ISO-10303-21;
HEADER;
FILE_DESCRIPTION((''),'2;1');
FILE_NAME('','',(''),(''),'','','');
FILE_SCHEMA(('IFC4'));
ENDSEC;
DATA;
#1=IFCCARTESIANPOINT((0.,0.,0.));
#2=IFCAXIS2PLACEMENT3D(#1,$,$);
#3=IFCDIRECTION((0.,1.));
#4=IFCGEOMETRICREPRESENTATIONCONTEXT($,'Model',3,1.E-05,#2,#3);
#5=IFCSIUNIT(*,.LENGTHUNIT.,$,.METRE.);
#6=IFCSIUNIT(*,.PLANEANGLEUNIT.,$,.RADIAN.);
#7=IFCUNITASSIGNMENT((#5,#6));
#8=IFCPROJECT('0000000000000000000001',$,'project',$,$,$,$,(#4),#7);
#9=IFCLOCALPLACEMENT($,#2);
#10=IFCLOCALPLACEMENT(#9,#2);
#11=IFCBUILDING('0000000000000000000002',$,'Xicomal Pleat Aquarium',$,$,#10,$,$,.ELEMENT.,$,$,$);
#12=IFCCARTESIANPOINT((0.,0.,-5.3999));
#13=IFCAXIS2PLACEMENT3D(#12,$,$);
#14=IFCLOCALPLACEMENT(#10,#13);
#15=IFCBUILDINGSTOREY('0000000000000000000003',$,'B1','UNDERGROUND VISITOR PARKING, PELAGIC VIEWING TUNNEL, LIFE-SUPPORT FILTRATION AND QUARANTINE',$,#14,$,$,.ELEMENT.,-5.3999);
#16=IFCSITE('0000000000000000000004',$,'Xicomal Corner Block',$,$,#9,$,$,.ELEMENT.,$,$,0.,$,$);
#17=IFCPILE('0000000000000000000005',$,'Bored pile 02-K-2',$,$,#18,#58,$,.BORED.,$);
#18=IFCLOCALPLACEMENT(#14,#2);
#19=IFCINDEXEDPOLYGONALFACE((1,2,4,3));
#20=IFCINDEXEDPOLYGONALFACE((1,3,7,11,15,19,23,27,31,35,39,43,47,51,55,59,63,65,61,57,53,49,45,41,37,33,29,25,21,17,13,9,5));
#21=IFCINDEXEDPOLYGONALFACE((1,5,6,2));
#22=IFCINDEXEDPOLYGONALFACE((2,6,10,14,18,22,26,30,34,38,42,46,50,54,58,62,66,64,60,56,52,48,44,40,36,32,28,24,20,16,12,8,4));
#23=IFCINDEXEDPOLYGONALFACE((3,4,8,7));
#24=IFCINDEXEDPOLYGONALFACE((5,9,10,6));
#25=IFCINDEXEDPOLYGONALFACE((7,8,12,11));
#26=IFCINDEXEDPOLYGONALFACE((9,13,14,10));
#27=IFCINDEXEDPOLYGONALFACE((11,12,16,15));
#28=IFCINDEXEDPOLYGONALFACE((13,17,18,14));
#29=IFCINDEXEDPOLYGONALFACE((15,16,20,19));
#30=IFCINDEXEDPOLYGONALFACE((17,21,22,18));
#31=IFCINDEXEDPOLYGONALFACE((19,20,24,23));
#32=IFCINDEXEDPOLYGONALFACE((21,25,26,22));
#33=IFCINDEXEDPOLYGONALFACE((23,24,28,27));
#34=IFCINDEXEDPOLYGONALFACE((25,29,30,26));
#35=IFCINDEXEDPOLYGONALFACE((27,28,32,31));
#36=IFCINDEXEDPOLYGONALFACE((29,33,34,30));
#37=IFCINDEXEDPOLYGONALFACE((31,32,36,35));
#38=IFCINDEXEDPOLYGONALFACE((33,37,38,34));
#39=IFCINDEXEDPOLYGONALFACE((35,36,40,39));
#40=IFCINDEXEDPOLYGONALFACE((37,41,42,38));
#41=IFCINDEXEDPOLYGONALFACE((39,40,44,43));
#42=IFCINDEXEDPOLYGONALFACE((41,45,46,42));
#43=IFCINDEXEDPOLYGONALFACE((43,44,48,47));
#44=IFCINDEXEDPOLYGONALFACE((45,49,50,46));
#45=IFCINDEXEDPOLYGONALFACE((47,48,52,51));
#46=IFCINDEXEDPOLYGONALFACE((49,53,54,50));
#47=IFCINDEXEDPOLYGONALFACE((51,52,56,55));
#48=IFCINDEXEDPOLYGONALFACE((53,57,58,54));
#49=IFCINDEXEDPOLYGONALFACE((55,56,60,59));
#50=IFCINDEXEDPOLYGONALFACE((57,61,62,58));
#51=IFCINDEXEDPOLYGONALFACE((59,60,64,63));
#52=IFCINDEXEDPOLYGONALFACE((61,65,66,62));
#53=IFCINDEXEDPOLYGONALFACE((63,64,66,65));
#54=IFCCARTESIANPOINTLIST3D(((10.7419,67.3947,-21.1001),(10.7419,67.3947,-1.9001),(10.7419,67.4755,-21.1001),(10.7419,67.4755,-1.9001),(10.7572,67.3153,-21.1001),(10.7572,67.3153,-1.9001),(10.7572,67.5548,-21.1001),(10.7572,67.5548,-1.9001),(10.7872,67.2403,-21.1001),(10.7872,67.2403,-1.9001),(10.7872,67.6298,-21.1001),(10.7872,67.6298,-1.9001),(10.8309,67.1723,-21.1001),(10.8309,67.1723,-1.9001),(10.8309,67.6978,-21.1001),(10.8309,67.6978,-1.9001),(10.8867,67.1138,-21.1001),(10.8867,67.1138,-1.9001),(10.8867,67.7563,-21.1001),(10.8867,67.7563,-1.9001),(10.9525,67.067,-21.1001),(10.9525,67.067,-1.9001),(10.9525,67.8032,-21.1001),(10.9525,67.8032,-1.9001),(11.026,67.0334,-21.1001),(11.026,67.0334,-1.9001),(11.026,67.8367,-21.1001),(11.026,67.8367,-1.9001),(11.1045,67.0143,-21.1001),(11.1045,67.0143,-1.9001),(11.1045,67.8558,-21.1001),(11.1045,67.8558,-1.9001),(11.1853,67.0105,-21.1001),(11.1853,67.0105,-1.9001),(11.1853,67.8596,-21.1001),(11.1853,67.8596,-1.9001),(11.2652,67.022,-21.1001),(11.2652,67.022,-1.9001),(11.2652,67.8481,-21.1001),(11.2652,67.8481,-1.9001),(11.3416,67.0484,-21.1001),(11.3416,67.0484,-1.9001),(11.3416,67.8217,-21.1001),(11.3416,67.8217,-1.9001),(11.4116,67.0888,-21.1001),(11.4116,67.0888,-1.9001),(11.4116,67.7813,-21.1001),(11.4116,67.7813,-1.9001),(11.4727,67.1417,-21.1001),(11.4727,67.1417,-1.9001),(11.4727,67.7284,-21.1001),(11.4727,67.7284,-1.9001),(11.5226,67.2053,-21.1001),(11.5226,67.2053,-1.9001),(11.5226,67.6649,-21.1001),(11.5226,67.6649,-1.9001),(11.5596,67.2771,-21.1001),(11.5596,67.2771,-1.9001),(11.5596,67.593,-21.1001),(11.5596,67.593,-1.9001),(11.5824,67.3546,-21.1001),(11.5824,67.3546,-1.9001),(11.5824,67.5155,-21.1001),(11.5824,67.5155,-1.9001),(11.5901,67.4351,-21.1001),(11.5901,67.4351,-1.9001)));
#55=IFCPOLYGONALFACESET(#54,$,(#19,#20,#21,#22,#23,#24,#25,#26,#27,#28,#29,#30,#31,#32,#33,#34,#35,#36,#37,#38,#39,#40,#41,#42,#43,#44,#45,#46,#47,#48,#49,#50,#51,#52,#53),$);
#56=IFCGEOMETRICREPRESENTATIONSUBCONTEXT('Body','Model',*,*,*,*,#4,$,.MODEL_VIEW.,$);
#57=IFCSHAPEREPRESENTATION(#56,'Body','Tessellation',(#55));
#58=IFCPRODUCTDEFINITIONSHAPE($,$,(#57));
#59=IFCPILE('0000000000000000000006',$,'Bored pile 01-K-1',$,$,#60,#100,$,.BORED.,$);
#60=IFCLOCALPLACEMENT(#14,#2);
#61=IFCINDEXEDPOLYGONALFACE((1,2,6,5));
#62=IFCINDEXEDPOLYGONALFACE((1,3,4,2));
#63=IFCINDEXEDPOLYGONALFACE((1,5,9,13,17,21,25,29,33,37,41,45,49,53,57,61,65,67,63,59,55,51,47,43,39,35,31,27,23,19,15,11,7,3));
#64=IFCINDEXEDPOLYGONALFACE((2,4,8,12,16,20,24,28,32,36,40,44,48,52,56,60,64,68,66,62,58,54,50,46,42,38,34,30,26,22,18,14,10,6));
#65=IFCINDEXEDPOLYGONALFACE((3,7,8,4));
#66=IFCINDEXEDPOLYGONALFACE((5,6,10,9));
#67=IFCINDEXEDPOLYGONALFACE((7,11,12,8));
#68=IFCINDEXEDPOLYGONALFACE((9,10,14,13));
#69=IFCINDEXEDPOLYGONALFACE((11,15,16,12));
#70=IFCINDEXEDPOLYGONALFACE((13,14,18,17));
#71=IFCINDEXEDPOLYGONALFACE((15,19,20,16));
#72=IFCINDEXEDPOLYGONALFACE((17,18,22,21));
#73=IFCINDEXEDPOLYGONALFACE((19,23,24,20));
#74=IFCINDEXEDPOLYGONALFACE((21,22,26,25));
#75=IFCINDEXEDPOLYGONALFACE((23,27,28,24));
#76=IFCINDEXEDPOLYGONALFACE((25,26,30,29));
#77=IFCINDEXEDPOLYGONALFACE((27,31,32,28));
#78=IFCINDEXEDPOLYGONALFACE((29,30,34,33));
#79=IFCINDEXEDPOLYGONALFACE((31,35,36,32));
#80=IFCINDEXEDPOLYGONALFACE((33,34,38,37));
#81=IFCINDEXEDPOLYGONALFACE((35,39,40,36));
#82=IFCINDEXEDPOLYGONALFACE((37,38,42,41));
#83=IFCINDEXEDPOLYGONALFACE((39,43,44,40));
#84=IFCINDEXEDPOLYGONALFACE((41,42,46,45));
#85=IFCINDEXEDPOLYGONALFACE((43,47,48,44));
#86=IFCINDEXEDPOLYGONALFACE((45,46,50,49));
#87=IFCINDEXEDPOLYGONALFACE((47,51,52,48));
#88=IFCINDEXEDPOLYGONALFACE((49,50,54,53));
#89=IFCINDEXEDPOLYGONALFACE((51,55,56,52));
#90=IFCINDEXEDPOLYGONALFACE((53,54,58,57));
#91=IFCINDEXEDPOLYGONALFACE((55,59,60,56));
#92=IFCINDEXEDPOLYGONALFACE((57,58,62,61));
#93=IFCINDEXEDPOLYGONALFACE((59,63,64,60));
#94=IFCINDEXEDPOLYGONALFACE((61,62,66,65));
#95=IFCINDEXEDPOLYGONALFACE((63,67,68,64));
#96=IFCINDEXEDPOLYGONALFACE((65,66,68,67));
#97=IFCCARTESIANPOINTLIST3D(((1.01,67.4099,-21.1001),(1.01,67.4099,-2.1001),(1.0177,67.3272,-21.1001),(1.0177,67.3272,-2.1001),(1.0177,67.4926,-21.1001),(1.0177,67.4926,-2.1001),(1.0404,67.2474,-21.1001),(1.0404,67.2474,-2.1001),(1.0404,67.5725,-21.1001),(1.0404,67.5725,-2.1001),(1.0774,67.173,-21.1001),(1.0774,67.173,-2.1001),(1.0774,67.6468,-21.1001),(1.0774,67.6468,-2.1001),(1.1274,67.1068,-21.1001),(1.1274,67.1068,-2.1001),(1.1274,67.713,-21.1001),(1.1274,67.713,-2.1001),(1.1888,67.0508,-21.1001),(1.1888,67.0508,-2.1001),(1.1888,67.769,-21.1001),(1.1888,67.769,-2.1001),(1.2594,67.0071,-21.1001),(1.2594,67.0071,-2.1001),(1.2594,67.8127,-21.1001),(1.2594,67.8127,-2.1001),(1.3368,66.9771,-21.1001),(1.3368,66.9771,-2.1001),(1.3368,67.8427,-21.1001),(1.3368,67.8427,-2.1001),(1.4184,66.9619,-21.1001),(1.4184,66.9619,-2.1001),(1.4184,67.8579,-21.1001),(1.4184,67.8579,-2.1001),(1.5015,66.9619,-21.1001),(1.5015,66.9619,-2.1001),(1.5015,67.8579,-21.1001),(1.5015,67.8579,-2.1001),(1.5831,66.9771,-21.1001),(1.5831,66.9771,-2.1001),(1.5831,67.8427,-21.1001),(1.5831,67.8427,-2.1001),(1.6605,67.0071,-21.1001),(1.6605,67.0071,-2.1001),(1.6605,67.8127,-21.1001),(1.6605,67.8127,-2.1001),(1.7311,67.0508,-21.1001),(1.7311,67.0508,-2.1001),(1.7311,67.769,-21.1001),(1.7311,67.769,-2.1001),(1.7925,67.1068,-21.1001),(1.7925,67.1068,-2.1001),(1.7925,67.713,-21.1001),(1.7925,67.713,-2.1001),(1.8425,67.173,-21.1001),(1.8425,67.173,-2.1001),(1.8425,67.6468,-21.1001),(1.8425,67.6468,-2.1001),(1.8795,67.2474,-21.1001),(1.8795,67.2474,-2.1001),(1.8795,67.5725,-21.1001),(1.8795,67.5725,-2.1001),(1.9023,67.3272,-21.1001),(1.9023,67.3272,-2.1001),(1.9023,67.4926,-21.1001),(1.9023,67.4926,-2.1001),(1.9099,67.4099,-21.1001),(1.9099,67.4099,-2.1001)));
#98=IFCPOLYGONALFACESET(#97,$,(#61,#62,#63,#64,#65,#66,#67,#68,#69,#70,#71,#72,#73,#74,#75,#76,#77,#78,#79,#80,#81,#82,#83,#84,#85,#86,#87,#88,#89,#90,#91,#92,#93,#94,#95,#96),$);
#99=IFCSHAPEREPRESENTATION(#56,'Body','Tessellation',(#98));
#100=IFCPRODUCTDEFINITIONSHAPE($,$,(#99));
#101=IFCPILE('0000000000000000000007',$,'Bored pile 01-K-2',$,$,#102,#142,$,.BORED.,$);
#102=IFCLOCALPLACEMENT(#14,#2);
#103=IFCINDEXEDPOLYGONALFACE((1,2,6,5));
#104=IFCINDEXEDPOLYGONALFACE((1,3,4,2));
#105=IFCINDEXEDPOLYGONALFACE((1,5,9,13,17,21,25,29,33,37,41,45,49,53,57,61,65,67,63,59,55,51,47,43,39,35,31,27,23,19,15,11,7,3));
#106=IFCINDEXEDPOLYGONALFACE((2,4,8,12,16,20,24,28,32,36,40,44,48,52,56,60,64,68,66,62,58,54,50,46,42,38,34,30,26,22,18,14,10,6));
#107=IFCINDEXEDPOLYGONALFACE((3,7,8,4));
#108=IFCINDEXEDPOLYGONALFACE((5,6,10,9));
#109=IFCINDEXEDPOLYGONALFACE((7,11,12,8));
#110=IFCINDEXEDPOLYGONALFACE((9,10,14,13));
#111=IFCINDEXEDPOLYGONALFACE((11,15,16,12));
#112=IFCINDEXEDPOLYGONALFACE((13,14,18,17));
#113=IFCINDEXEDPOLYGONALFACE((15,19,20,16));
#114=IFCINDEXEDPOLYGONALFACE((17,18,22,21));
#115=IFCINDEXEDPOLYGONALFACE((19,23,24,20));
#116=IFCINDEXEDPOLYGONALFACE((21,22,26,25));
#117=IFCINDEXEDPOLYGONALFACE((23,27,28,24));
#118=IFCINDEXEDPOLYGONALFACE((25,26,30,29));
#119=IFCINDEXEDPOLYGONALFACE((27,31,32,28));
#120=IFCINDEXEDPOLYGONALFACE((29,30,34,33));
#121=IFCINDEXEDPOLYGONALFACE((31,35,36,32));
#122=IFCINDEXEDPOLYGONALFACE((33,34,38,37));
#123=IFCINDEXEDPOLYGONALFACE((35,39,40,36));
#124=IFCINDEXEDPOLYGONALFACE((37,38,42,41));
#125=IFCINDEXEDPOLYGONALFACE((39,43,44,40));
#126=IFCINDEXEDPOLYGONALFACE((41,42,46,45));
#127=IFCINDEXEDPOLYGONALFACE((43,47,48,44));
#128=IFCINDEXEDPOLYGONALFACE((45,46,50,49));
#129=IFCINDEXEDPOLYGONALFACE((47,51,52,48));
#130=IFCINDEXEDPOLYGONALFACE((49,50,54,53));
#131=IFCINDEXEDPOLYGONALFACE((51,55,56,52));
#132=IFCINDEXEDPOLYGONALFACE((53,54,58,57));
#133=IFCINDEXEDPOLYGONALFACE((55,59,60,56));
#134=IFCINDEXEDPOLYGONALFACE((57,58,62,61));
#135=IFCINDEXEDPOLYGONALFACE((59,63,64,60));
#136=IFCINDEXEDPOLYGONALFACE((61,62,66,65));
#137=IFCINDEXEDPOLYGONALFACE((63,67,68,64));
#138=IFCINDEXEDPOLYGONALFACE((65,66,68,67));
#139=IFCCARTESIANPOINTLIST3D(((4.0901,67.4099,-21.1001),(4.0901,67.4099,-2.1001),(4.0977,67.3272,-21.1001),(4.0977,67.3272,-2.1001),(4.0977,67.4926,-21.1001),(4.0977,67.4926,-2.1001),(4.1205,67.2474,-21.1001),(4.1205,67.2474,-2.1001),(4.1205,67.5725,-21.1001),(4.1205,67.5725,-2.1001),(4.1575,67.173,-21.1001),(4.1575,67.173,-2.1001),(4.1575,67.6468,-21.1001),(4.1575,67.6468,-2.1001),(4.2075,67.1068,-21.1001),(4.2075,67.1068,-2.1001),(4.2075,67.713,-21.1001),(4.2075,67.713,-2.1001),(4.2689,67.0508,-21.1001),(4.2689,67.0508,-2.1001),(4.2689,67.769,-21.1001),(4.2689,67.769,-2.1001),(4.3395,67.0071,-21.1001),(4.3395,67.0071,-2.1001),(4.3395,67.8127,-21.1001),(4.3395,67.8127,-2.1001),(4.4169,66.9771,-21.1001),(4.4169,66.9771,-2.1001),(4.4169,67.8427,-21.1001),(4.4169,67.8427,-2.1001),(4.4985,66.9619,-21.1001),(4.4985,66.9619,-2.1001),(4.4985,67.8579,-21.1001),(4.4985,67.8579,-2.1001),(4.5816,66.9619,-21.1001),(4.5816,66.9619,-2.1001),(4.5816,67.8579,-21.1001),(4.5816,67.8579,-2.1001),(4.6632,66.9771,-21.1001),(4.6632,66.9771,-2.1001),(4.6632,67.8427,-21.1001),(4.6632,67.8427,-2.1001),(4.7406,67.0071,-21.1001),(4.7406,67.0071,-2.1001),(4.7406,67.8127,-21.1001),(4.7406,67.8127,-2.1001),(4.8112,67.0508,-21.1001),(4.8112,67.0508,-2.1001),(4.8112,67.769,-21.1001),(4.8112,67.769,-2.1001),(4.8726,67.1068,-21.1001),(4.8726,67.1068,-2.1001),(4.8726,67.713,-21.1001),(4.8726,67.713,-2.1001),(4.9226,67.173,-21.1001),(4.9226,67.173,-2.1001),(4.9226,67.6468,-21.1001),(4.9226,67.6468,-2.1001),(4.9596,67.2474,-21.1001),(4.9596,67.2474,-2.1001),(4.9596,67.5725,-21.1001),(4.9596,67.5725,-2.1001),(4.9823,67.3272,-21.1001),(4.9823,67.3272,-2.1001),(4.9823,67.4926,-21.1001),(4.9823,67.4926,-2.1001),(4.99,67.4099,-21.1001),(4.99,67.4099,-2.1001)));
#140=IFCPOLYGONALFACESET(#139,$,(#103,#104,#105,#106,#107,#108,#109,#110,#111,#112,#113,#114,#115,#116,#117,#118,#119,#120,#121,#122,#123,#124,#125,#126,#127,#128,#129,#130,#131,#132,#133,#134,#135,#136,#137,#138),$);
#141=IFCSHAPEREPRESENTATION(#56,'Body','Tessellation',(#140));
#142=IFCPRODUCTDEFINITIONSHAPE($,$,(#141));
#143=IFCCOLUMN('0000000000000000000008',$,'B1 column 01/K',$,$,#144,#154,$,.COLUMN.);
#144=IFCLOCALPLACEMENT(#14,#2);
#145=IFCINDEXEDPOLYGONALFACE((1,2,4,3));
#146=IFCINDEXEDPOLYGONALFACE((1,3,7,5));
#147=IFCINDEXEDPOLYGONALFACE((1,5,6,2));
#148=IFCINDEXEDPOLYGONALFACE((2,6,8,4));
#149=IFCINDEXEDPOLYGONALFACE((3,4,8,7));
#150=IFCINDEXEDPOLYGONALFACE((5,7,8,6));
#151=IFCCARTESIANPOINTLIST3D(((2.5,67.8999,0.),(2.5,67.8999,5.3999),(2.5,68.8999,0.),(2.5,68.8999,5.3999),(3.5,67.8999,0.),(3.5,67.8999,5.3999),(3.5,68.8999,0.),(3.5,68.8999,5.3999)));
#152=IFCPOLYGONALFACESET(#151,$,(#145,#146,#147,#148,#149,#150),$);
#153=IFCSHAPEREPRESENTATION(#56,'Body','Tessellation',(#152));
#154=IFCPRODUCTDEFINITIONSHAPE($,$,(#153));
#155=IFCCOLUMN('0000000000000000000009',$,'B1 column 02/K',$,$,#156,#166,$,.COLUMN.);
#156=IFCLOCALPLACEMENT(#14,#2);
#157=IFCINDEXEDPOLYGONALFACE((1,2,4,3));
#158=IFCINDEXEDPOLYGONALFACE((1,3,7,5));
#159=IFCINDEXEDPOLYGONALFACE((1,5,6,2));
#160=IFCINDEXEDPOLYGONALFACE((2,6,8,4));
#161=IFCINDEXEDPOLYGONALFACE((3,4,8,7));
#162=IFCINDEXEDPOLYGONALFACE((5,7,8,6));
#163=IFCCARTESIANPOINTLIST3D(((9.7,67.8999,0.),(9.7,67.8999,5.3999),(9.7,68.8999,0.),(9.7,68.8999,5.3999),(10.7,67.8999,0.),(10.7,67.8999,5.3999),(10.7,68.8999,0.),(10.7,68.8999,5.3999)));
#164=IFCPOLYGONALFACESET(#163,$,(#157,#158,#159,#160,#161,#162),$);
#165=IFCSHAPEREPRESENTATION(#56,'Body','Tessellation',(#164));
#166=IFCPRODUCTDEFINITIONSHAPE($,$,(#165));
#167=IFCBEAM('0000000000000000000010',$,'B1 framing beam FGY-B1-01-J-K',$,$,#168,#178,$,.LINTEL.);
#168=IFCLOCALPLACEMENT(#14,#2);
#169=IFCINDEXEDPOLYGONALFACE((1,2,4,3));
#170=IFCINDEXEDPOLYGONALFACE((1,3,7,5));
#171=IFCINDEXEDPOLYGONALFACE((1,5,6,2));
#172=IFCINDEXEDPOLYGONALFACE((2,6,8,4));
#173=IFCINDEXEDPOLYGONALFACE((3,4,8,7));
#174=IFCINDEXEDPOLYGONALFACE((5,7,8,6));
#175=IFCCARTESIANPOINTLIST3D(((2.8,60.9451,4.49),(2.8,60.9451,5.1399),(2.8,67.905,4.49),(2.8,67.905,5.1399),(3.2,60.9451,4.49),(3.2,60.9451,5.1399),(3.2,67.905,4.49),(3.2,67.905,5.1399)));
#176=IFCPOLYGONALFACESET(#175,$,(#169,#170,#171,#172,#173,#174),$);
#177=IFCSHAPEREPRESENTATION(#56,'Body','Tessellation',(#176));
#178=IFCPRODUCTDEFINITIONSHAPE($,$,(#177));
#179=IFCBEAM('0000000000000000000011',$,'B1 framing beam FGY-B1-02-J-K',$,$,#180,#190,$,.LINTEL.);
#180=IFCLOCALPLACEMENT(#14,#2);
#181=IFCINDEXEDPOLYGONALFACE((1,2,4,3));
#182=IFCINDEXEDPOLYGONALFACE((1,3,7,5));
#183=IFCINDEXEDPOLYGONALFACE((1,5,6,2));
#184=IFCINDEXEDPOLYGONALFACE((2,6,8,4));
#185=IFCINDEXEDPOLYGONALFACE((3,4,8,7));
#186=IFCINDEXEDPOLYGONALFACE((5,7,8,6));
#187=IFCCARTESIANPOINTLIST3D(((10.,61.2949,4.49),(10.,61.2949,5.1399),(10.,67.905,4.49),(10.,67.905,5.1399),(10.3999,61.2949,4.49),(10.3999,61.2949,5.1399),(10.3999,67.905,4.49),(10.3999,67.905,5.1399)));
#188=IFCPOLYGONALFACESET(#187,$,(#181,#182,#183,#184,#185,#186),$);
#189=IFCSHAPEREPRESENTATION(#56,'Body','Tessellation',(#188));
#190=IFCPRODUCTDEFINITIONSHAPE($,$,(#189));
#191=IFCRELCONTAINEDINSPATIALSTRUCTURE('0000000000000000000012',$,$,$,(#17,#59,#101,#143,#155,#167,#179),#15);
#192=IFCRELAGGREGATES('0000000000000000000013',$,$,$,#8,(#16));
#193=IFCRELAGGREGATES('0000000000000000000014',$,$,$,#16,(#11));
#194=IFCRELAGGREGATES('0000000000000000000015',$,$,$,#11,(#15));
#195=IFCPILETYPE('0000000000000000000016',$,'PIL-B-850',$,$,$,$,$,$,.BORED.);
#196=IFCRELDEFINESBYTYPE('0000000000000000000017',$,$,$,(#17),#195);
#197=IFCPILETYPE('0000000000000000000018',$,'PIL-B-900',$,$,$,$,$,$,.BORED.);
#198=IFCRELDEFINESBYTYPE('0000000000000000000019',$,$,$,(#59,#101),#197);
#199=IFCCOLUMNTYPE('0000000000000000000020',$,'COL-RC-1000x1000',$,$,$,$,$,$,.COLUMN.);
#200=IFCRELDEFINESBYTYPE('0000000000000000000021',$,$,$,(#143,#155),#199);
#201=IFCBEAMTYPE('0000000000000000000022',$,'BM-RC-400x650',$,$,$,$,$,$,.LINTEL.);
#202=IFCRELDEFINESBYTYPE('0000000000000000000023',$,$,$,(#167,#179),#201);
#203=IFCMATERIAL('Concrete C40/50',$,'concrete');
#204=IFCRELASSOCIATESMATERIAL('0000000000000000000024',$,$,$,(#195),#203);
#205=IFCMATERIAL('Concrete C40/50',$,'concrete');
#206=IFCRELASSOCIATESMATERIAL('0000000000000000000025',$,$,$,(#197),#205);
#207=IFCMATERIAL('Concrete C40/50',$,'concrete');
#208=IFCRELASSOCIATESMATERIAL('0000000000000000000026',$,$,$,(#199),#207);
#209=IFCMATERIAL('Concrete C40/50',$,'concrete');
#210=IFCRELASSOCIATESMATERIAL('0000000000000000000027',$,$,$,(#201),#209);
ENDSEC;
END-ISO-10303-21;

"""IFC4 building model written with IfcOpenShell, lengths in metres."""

from ifc_helpers import new_model, si_unit, direction, frame, origin, origin_2d, place, context, subcontext, project, spatial, rectangle, circle, extrude, material, material_profile, profile_set, type_object, element, save


model = new_model("IFC4")

# Units and contexts
model_context = context("Model", 3, precision=1e-05, world=origin(), true_north=direction((0.0, 1.0)))
body_context = subcontext(model_context, "Body", "Model", "MODEL_VIEW")
ifc_project = project(units=[si_unit("LENGTHUNIT", "METRE"), si_unit("PLANEANGLEUNIT", "RADIAN")], contexts=[model_context])

# Site, building, storey
site_placement = place(None, origin())
site = spatial("IfcSite", under=ifc_project, at=site_placement, Name="Xicomal Corner Block", CompositionType="ELEMENT", RefElevation=0.0)
building_placement = place(site_placement, origin())
building = spatial("IfcBuilding", under=site, at=building_placement, Name="Xicomal Pleat Aquarium", CompositionType="ELEMENT")
storey_placement = place(building_placement, frame((0.0, 0.0, -5.3999)))
storey = spatial("IfcBuildingStorey", under=building, at=storey_placement, Name="B1", Description="UNDERGROUND VISITOR PARKING, PELAGIC VIEWING TUNNEL, LIFE-SUPPORT FILTRATION AND QUARANTINE", CompositionType="ELEMENT", Elevation=-5.3999)

# Piles
ifc_material_1 = material(Name="Concrete C40/50", Category="concrete")
ifc_material_profile_1 = material_profile(ifc_material_1, circle(Radius=0.425, at=origin_2d()), Name="BORED PILE D850")
ifc_profile_set_1 = profile_set([ifc_material_profile_1], Name="Concrete C40/50")
pile_type_1 = type_object("IfcPileType", Name="PIL-B-850", PredefinedType="BORED", material=ifc_profile_set_1)
for number, where, z_axis, x_axis, name in (
    (1, (11.165, 67.4351, -1.9001), (0.0, 0.0, -1.0), (1.0, 0.0, 0.0), "Bored pile 02-K-2"),
):
    element("IfcPile", number, at=place(storey_placement, frame(where, z_axis=z_axis, x_axis=x_axis)), inside=storey, type_object=pile_type_1, Name=name, PredefinedType="BORED", context=body_context, shape_type="SweptSolid", body=[
        extrude(circle(Radius=0.425, at=origin_2d()), origin(), (0.0, 0.0, 1.0), 19.2),
    ])
ifc_material_2 = material(Name="Concrete C40/50", Category="concrete")
ifc_material_profile_2 = material_profile(ifc_material_2, circle(Radius=0.45, at=origin_2d()), Name="BORED PILE D900")
ifc_profile_set_2 = profile_set([ifc_material_profile_2], Name="Concrete C40/50")
pile_type_2 = type_object("IfcPileType", Name="PIL-B-900", PredefinedType="BORED", material=ifc_profile_set_2)
for number, where, z_axis, x_axis, name in (
    (2, (1.46, 67.4099, -2.1001), (0.0, 0.0, -1.0), (1.0, 0.0, 0.0), "Bored pile 01-K-1"),
    (3, (4.54, 67.4099, -2.1001), (0.0, 0.0, -1.0), (1.0, 0.0, 0.0), "Bored pile 01-K-2"),
):
    element("IfcPile", number, at=place(storey_placement, frame(where, z_axis=z_axis, x_axis=x_axis)), inside=storey, type_object=pile_type_2, Name=name, PredefinedType="BORED", context=body_context, shape_type="SweptSolid", body=[
        extrude(circle(Radius=0.45, at=origin_2d()), origin(), (0.0, 0.0, 1.0), 19.0),
    ])

# Columns
ifc_material_3 = material(Name="Concrete C40/50", Category="concrete")
ifc_material_profile_3 = material_profile(ifc_material_3, rectangle(XDim=1.0, YDim=1.0, at=origin_2d()), Name="RC 1000x1000")
ifc_profile_set_3 = profile_set([ifc_material_profile_3], Name="Concrete C40/50")
column_type = type_object("IfcColumnType", Name="COL-RC-1000x1000", PredefinedType="COLUMN", material=ifc_profile_set_3)
for number, where, z_axis, x_axis, name in (
    (4, (3.0, 68.3999, 0.0), (0.0, 0.0, 1.0), (1.0, 0.0, 0.0), "B1 column 01/K"),
    (5, (10.2, 68.3999, 0.0), (0.0, 0.0, 1.0), (1.0, 0.0, 0.0), "B1 column 02/K"),
):
    element("IfcColumn", number, at=place(storey_placement, frame(where, z_axis=z_axis, x_axis=x_axis)), inside=storey, type_object=column_type, Name=name, PredefinedType="COLUMN", context=body_context, shape_type="SweptSolid", body=[
        extrude(rectangle(XDim=1.0, YDim=1.0, at=origin_2d()), origin(), (0.0, 0.0, 1.0), 5.3999),
    ])

# Beams
ifc_material_4 = material(Name="Concrete C40/50", Category="concrete")
ifc_material_profile_4 = material_profile(ifc_material_4, rectangle(XDim=0.3999, YDim=0.6499, at=origin_2d()), Name="RC 400x650")
ifc_profile_set_4 = profile_set([ifc_material_profile_4], Name="Concrete C40/50")
beam_type_1 = type_object("IfcBeamType", Name="BM-RC-400x650", PredefinedType="LINTEL", material=ifc_profile_set_4)
beam_1_placement = place(storey_placement, frame((3.0, 60.9451, 4.8149), z_axis=(0.0, 1.0, 0.0), x_axis=(-1.0, 0.0, 0.0)))
element("IfcBeam", 6, at=beam_1_placement, inside=storey, type_object=beam_type_1, Name="B1 framing beam FGY-B1-01-J-K", PredefinedType="LINTEL", context=body_context, shape_type="SweptSolid", body=[
    extrude(rectangle(XDim=0.3999, YDim=0.6499, at=origin_2d()), origin(), (0.0, 0.0, 1.0), 6.96),
])
beam_2_placement = place(storey_placement, frame((10.2, 61.2949, 4.8149), z_axis=(0.0, 1.0, 0.0), x_axis=(-1.0, 0.0, 0.0)))
element("IfcBeam", 7, at=beam_2_placement, inside=storey, type_object=beam_type_1, Name="B1 framing beam FGY-B1-02-J-K", PredefinedType="LINTEL", context=body_context, shape_type="SweptSolid", body=[
    extrude(rectangle(XDim=0.3999, YDim=0.6499, at=origin_2d()), origin(), (0.0, 0.0, 1.0), 6.6101),
])

save(model, "model.ifc")
